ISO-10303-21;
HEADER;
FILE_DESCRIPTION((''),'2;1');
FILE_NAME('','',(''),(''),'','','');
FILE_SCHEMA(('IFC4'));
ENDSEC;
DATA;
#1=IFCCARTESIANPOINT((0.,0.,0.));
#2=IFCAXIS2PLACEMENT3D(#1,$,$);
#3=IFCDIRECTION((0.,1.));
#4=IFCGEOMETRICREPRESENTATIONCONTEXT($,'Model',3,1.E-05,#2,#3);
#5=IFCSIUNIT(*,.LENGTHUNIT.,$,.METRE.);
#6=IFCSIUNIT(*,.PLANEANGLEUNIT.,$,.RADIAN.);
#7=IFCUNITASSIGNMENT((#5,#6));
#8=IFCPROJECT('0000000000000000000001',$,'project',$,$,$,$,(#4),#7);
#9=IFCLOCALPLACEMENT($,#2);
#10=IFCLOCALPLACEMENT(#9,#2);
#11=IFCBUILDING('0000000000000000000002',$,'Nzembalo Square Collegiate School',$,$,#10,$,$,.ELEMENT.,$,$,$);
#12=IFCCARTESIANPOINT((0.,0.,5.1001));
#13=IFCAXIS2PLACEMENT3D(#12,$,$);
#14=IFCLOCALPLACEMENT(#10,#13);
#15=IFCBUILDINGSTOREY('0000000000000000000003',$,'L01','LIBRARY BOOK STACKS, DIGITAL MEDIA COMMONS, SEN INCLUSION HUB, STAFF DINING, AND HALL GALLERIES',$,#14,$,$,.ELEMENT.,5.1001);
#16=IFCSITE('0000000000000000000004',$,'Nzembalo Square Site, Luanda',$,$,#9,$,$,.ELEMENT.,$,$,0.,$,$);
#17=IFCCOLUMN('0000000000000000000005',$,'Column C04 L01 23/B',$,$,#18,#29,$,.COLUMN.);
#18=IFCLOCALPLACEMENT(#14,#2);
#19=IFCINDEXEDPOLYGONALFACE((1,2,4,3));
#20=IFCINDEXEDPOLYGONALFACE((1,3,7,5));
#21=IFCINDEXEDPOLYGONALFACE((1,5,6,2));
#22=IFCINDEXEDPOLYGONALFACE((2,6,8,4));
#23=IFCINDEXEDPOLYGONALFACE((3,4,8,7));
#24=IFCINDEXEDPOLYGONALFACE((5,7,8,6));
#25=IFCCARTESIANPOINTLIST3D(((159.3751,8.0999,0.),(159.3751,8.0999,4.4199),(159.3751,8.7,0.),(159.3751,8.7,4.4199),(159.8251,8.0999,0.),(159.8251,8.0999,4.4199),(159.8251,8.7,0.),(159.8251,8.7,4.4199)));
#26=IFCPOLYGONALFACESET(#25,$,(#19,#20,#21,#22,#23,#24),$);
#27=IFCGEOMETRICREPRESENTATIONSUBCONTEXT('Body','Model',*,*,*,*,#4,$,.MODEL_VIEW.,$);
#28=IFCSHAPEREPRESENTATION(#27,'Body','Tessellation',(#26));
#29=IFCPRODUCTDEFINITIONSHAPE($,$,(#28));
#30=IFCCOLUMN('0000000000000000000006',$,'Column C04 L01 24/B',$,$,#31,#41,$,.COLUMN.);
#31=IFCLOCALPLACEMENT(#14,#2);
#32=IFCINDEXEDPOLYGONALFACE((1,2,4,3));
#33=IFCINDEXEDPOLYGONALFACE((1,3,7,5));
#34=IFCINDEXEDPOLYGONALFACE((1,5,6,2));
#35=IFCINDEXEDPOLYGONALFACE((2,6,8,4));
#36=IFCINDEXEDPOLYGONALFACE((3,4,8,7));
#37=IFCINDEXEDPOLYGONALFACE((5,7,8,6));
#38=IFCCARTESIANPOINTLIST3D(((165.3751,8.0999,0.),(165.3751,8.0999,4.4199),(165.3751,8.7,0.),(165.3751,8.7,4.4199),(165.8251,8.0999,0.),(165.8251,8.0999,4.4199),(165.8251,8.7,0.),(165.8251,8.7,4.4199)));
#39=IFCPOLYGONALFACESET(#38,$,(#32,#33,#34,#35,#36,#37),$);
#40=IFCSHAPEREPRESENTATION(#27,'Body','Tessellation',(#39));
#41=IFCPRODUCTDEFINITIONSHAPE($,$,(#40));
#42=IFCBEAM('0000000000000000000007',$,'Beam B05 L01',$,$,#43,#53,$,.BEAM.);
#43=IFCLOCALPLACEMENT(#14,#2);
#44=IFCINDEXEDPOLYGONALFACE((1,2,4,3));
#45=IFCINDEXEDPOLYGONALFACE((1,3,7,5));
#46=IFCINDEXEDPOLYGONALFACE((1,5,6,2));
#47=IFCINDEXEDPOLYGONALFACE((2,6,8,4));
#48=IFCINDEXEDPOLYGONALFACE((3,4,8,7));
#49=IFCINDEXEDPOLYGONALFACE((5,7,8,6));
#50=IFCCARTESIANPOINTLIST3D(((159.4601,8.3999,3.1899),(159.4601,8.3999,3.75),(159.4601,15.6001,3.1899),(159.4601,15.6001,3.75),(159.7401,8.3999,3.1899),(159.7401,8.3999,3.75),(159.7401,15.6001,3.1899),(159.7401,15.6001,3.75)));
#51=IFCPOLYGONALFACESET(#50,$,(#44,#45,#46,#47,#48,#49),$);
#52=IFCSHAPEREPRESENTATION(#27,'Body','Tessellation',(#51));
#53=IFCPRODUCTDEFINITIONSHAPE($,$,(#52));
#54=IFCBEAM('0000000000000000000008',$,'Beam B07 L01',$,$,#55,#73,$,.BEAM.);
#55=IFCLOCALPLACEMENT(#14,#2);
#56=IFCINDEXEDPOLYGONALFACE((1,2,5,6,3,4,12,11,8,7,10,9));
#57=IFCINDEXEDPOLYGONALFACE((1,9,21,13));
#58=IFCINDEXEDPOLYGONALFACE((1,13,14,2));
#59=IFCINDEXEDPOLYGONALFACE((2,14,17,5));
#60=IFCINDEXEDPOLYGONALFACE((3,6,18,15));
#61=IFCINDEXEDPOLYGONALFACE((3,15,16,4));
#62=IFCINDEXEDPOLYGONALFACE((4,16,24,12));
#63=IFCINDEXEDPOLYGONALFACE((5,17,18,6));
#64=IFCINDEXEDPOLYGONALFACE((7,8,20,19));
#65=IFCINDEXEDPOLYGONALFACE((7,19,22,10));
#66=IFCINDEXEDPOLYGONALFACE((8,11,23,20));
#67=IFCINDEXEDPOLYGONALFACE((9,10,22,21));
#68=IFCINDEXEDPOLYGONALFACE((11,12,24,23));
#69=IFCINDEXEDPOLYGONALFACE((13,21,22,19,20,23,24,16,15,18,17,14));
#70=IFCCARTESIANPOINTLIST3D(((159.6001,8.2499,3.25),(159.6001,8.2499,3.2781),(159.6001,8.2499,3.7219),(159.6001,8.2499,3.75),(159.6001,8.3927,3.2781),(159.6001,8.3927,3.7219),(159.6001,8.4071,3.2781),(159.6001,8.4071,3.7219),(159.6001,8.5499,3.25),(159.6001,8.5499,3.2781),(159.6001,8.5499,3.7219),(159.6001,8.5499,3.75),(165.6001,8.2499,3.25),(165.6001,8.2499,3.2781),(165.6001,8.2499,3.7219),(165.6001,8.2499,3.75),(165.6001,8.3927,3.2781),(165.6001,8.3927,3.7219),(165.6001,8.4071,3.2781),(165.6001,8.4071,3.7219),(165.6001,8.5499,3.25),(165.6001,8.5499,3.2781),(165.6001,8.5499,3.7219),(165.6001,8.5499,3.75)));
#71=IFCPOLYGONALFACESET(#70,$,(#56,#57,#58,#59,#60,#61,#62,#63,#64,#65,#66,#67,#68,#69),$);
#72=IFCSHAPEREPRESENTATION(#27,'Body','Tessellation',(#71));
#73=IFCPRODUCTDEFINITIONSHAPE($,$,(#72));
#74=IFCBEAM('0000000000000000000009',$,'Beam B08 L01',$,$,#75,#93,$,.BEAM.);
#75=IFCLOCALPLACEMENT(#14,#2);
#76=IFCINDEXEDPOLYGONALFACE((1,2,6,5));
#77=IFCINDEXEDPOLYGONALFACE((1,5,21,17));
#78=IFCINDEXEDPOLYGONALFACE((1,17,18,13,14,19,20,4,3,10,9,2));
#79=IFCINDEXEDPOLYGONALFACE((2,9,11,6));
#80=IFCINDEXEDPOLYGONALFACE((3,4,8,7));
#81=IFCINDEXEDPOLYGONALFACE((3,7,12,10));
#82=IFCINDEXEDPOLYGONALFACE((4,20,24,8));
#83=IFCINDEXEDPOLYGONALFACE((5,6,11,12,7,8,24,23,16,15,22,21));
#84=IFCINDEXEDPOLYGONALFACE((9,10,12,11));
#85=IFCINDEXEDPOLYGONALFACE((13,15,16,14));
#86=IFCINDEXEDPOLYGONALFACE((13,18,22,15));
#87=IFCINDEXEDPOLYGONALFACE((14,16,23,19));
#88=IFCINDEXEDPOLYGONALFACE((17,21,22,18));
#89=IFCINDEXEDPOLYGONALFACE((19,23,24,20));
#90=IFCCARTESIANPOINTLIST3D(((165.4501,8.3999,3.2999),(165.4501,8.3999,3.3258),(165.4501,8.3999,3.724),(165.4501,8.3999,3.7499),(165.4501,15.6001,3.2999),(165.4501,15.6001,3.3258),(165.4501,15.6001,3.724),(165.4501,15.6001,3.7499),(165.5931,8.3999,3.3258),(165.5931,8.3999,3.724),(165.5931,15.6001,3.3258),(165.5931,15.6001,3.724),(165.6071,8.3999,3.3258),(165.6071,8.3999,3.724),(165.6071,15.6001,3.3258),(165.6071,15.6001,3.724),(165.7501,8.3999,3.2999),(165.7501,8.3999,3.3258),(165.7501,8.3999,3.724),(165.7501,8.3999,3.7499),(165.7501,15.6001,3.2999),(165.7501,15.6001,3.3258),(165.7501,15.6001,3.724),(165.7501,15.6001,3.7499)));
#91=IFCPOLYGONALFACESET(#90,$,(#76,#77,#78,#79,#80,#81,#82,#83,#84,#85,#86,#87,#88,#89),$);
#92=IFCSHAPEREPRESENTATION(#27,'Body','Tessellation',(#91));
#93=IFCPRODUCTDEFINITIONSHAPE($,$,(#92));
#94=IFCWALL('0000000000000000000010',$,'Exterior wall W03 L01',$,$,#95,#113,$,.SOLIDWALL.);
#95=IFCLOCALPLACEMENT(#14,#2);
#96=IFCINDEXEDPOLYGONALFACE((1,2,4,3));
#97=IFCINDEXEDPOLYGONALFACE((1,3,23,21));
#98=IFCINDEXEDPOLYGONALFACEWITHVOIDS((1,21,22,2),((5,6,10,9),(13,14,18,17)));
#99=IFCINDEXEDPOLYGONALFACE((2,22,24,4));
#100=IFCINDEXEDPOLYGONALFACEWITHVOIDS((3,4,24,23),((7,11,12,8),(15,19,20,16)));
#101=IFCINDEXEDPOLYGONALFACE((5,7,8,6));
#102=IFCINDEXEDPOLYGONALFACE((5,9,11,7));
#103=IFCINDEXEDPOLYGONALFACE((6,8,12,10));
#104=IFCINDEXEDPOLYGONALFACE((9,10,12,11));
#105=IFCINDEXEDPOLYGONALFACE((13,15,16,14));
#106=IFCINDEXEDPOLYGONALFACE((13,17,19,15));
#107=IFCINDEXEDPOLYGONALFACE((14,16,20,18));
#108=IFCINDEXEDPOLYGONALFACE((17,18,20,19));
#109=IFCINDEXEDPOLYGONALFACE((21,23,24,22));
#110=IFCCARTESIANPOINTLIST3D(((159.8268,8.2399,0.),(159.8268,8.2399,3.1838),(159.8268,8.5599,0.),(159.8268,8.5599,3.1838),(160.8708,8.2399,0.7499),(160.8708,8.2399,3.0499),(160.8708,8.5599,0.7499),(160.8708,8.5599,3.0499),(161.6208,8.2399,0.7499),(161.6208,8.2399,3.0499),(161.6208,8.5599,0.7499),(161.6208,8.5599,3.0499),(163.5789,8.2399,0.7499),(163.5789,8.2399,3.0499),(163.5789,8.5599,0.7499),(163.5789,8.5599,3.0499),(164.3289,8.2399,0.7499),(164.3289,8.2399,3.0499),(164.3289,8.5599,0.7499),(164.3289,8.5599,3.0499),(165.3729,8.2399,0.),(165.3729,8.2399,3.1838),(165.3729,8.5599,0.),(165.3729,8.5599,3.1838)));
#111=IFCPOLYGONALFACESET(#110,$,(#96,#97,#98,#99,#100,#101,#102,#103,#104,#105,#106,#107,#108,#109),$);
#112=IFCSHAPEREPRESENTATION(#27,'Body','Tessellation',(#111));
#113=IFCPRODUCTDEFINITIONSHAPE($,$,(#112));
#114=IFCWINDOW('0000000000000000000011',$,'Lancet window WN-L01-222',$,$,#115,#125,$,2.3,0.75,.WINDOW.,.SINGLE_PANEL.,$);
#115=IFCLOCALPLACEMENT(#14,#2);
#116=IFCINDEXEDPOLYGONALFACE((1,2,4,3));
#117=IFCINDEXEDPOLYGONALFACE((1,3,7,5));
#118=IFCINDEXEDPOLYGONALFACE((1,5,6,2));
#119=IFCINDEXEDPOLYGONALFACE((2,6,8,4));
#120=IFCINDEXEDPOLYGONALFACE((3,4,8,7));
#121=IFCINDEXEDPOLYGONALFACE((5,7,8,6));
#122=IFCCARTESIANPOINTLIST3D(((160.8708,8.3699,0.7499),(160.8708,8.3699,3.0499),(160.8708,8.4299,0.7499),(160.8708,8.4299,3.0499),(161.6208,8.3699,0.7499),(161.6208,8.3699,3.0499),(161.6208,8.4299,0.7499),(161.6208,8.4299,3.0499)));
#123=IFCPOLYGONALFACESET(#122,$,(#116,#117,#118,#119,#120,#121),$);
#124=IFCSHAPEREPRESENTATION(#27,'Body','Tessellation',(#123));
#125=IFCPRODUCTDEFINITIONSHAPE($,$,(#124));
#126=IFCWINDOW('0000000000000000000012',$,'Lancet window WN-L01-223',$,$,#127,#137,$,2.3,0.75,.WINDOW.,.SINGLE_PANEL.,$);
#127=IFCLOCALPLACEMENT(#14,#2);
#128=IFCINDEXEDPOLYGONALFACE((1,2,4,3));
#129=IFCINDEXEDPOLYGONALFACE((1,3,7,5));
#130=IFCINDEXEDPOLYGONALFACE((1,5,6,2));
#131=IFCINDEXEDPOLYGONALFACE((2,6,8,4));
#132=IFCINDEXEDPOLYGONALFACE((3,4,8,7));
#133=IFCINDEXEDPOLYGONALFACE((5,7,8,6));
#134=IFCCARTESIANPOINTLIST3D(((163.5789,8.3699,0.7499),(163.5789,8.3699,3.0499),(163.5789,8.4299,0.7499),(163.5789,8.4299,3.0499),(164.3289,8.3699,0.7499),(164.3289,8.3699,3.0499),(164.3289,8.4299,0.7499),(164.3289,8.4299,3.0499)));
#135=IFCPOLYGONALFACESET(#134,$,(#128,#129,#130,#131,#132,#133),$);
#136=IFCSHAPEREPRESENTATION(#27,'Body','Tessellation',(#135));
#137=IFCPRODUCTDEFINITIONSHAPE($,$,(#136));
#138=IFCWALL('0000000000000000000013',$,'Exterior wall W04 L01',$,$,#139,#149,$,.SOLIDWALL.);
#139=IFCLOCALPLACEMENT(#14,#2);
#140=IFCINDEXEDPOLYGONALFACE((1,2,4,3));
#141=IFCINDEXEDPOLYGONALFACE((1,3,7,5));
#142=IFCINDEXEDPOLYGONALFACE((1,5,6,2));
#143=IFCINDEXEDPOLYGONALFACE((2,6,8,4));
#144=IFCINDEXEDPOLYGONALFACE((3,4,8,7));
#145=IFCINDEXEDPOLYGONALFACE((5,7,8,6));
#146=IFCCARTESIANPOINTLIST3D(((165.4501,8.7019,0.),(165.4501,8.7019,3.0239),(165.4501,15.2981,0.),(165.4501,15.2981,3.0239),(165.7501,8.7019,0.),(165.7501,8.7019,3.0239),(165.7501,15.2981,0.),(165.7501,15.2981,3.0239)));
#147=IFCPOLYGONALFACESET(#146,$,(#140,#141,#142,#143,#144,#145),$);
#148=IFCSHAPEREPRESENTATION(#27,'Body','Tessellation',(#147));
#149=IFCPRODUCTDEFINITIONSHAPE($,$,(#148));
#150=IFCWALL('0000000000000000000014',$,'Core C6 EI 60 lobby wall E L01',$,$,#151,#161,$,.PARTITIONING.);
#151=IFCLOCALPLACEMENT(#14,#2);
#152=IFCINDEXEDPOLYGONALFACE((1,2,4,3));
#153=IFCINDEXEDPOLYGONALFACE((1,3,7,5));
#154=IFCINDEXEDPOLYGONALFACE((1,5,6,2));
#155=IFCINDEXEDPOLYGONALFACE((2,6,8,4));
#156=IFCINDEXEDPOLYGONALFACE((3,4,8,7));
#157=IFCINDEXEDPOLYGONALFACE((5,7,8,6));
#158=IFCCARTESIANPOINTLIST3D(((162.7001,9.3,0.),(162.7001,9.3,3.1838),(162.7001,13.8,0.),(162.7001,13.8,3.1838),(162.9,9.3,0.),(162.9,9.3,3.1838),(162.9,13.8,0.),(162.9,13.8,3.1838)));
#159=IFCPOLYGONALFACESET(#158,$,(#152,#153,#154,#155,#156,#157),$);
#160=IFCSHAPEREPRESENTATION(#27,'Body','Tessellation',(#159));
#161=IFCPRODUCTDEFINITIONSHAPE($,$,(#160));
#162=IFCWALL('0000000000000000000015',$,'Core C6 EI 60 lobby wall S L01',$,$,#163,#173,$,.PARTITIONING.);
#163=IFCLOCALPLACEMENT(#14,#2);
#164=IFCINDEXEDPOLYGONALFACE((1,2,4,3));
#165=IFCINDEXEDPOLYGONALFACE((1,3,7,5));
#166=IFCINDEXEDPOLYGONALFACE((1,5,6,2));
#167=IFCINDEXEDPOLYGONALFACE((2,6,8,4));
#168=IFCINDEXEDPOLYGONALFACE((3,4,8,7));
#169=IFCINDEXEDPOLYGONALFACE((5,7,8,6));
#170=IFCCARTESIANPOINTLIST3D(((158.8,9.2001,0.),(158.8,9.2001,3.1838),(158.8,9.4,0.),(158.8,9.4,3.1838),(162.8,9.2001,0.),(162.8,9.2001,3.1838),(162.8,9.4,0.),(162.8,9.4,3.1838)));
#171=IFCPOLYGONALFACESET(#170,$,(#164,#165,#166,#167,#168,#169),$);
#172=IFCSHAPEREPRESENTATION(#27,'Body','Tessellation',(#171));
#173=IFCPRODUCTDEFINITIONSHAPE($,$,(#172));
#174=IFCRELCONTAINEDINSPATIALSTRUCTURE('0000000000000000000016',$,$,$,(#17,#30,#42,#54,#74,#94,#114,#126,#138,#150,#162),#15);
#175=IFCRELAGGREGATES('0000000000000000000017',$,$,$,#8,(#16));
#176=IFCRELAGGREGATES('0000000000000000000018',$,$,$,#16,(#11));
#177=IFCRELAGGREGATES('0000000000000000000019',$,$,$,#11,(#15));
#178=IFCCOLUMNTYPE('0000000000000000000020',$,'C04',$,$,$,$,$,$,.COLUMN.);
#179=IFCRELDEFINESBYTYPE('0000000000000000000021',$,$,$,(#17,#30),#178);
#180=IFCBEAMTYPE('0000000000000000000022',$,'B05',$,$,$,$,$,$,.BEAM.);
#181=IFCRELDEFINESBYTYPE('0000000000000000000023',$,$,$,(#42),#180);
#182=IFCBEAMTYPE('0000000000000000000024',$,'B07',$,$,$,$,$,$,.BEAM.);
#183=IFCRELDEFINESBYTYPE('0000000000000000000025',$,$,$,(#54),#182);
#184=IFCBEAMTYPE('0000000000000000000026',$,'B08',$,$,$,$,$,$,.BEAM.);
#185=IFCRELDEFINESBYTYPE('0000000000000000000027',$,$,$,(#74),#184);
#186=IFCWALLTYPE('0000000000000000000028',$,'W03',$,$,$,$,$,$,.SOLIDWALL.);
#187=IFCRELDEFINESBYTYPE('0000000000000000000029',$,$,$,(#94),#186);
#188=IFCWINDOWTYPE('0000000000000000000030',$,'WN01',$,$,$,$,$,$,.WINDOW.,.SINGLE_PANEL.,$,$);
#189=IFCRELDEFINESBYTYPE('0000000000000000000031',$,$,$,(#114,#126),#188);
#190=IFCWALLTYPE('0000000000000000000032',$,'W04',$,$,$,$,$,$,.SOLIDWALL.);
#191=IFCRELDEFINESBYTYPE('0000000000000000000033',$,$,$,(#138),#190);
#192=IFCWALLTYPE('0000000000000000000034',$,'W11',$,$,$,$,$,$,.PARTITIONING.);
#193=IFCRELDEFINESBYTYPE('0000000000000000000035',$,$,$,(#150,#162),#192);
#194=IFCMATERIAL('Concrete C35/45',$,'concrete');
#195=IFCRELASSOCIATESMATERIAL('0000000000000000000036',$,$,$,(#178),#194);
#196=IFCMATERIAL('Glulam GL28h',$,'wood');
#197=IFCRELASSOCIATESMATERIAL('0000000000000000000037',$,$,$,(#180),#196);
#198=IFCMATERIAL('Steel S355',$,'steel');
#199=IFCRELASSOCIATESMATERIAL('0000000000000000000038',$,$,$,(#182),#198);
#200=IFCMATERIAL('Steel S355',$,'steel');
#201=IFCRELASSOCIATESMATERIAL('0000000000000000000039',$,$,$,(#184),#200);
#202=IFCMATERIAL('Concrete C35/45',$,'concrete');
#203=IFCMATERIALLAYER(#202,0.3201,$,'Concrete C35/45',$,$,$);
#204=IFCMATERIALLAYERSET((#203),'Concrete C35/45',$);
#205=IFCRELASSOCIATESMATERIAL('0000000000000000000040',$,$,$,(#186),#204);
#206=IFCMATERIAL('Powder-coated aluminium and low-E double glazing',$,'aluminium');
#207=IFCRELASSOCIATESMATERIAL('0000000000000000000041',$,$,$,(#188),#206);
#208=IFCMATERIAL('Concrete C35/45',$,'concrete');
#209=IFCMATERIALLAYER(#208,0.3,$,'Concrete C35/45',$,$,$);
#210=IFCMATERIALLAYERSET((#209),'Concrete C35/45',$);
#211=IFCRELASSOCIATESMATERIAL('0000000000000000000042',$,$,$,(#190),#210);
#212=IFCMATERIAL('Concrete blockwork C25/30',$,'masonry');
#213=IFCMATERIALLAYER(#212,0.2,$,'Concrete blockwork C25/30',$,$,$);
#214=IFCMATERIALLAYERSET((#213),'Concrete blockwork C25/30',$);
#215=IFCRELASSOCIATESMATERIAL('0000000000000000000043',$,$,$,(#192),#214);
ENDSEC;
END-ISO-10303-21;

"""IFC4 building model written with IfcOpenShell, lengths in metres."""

from ifc_helpers import new_model, si_unit, direction, frame, frame_2d, origin, origin_2d, place, context, subcontext, project, spatial, rectangle, i_section, extrude, material, layer, layer_set, material_profile, profile_set, type_object, element, fill, save


model = new_model("IFC4")

# Units and contexts
model_context = context("Model", 3, precision=1e-05, world=origin(), true_north=direction((0.0, 1.0)))
body_context = subcontext(model_context, "Body", "Model", "MODEL_VIEW")
ifc_project = project(units=[si_unit("LENGTHUNIT", "METRE"), si_unit("PLANEANGLEUNIT", "RADIAN")], contexts=[model_context])

# Site, building, storey
site_placement = place(None, origin())
site = spatial("IfcSite", under=ifc_project, at=site_placement, Name="Nzembalo Square Site, Luanda", CompositionType="ELEMENT", RefElevation=0.0)
building_placement = place(site_placement, origin())
building = spatial("IfcBuilding", under=site, at=building_placement, Name="Nzembalo Square Collegiate School", CompositionType="ELEMENT")
storey_placement = place(building_placement, frame((0.0, 0.0, 5.1001)))
storey = spatial("IfcBuildingStorey", under=building, at=storey_placement, Name="L01", Description="LIBRARY BOOK STACKS, DIGITAL MEDIA COMMONS, SEN INCLUSION HUB, STAFF DINING, AND HALL GALLERIES", CompositionType="ELEMENT", Elevation=5.1001)

# Columns
ifc_material_1 = material(Name="Concrete C35/45", Category="concrete")
ifc_material_profile_1 = material_profile(ifc_material_1, rectangle(XDim=0.45, YDim=0.6001, at=origin_2d()), Name="RC 450x600")
ifc_profile_set_1 = profile_set([ifc_material_profile_1], Name="Concrete C35/45")
column_type = type_object("IfcColumnType", Name="C04", PredefinedType="COLUMN", material=ifc_profile_set_1)
for number, where, z_axis, x_axis, name in (
    (1, (159.6001, 8.3999, 0.0), (0.0, 0.0, 1.0), (1.0, 0.0, 0.0), "Column C04 L01 23/B"),
    (2, (165.6001, 8.3999, 0.0), (0.0, 0.0, 1.0), (1.0, 0.0, 0.0), "Column C04 L01 24/B"),
):
    element("IfcColumn", number, at=place(storey_placement, frame(where, z_axis=z_axis, x_axis=x_axis)), inside=storey, type_object=column_type, Name=name, PredefinedType="COLUMN", context=body_context, shape_type="SweptSolid", body=[
        extrude(rectangle(XDim=0.45, YDim=0.6001, at=origin_2d()), origin(), (0.0, 0.0, 1.0), 4.4199),
    ])

# Beams
ifc_material_2 = material(Name="Glulam GL28h", Category="wood")
ifc_material_profile_2 = material_profile(ifc_material_2, rectangle(XDim=0.28, YDim=0.5601, at=origin_2d()), Name="GL28h 280x560")
ifc_profile_set_2 = profile_set([ifc_material_profile_2], Name="Glulam GL28h")
beam_type_1 = type_object("IfcBeamType", Name="B05", PredefinedType="BEAM", material=ifc_profile_set_2)
beam_1_placement = place(storey_placement, frame((159.6001, 8.3999, 3.47), z_axis=(0.0, 1.0, 0.0), x_axis=(-1.0, 0.0, 0.0)))
element("IfcBeam", 3, at=beam_1_placement, inside=storey, type_object=beam_type_1, Name="Beam B05 L01", PredefinedType="BEAM", context=body_context, shape_type="SweptSolid", body=[
    extrude(rectangle(XDim=0.28, YDim=0.5601, at=origin_2d()), origin(), (0.0, 0.0, 1.0), 7.2002),
])
ifc_material_3 = material(Name="Steel S355", Category="steel")
ifc_material_profile_3 = material_profile(ifc_material_3, i_section(OverallWidth=0.3, OverallDepth=0.5, WebThickness=0.0144, FlangeThickness=0.0281, at=origin_2d()), Name="HEB 500")
ifc_profile_set_3 = profile_set([ifc_material_profile_3], Name="Steel S355")
beam_type_2 = type_object("IfcBeamType", Name="B07", PredefinedType="BEAM", material=ifc_profile_set_3)
beam_2_placement = place(storey_placement, frame((159.6001, 8.3999, 3.5), z_axis=(1.0, 0.0, 0.0), x_axis=(0.0, 1.0, 0.0)))
element("IfcBeam", 4, at=beam_2_placement, inside=storey, type_object=beam_type_2, Name="Beam B07 L01", PredefinedType="BEAM", context=body_context, shape_type="SweptSolid", body=[
    extrude(i_section(OverallWidth=0.3, OverallDepth=0.5, WebThickness=0.0144, FlangeThickness=0.0281, at=origin_2d()), origin(), (0.0, 0.0, 1.0), 6.0),
])
ifc_material_4 = material(Name="Steel S355", Category="steel")
ifc_material_profile_4 = material_profile(ifc_material_4, i_section(OverallWidth=0.3, OverallDepth=0.45, WebThickness=0.0139, FlangeThickness=0.0259, at=origin_2d()), Name="HEB 450")
ifc_profile_set_4 = profile_set([ifc_material_profile_4], Name="Steel S355")
beam_type_3 = type_object("IfcBeamType", Name="B08", PredefinedType="BEAM", material=ifc_profile_set_4)
beam_3_placement = place(storey_placement, frame((165.6001, 8.3999, 3.5249), z_axis=(0.0, 1.0, 0.0), x_axis=(-1.0, 0.0, 0.0)))
element("IfcBeam", 5, at=beam_3_placement, inside=storey, type_object=beam_type_3, Name="Beam B08 L01", PredefinedType="BEAM", context=body_context, shape_type="SweptSolid", body=[
    extrude(i_section(OverallWidth=0.3, OverallDepth=0.45, WebThickness=0.0139, FlangeThickness=0.0259, at=origin_2d()), origin(), (0.0, 0.0, 1.0), 7.2002),
])

# Wall, openings, windows
ifc_material_5 = material(Name="Concrete C35/45", Category="concrete")
ifc_layer_1 = layer(ifc_material_5, 0.3201, Name="Concrete C35/45")
ifc_layer_set_1 = layer_set([ifc_layer_1], Name="Concrete C35/45")
wall_type_1 = type_object("IfcWallType", Name="W03", PredefinedType="SOLIDWALL", material=ifc_layer_set_1)
wall_1_placement = place(storey_placement, frame((159.8269, 8.3999, 0.0), z_axis=(0.0, 0.0, 1.0), x_axis=(1.0, 0.0, 0.0)))
wall_1 = element("IfcWall", 6, at=wall_1_placement, inside=storey, type_object=wall_type_1, Name="Exterior wall W03 L01", PredefinedType="SOLIDWALL", context=body_context, shape_type="SweptSolid", body=[
    extrude(rectangle(XDim=5.5461, YDim=0.3201, at=frame_2d((2.7729, 0.0))), origin(), (0.0, 0.0, 1.0), 3.1838),
])
opening_1_placement = place(wall_1_placement, frame((1.0439, 0.0, 0.75)))
opening_1 = element("IfcOpeningElement", 7, at=opening_1_placement, cuts=wall_1, PredefinedType="OPENING", context=body_context, shape_type="SweptSolid", body=[
    extrude(rectangle(XDim=0.75, YDim=2.3, at=frame_2d((0.375, 1.1499))), frame((0.0, 0.1699, 0.0), z_axis=(0.0, -1.0, 0.0), x_axis=(1.0, 0.0, 0.0)), (0.0, 0.0, 1.0), 0.3401),
])
opening_2_placement = place(wall_1_placement, frame((3.752, 0.0, 0.75)))
opening_2 = element("IfcOpeningElement", 8, at=opening_2_placement, cuts=wall_1, PredefinedType="OPENING", context=body_context, shape_type="SweptSolid", body=[
    extrude(rectangle(XDim=0.75, YDim=2.3, at=frame_2d((0.375, 1.1499))), frame((0.0, 0.1699, 0.0), z_axis=(0.0, -1.0, 0.0), x_axis=(1.0, 0.0, 0.0)), (0.0, 0.0, 1.0), 0.3401),
])
ifc_material_6 = material(Name="Powder-coated aluminium and low-E double glazing", Category="aluminium")
window_type = type_object("IfcWindowType", Name="WN01", PartitioningType="SINGLE_PANEL", PredefinedType="WINDOW", material=ifc_material_6)
window_1_placement = place(opening_1_placement, origin())
window_1 = element("IfcWindow", 9, at=window_1_placement, inside=storey, type_object=window_type, Name="Lancet window WN-L01-222", OverallHeight=2.3, OverallWidth=0.75, PartitioningType="SINGLE_PANEL", PredefinedType="WINDOW", context=body_context, shape_type="SweptSolid", body=[
    extrude(rectangle(XDim=0.75, YDim=2.3, at=frame_2d((0.375, 1.1499))), frame((0.0, 0.03, 0.0), z_axis=(0.0, -1.0, 0.0), x_axis=(1.0, 0.0, 0.0)), (0.0, 0.0, 1.0), 0.0601),
])
fill(opening_1, window_1)
window_2_placement = place(opening_2_placement, origin())
window_2 = element("IfcWindow", 10, at=window_2_placement, inside=storey, type_object=window_type, Name="Lancet window WN-L01-223", OverallHeight=2.3, OverallWidth=0.75, PartitioningType="SINGLE_PANEL", PredefinedType="WINDOW", context=body_context, shape_type="SweptSolid", body=[
    extrude(rectangle(XDim=0.75, YDim=2.3, at=frame_2d((0.375, 1.1499))), frame((0.0, 0.03, 0.0), z_axis=(0.0, -1.0, 0.0), x_axis=(1.0, 0.0, 0.0)), (0.0, 0.0, 1.0), 0.0601),
])
fill(opening_2, window_2)

# Walls
ifc_material_7 = material(Name="Concrete C35/45", Category="concrete")
ifc_layer_2 = layer(ifc_material_7, 0.3, Name="Concrete C35/45")
ifc_layer_set_2 = layer_set([ifc_layer_2], Name="Concrete C35/45")
wall_type_2 = type_object("IfcWallType", Name="W04", PredefinedType="SOLIDWALL", material=ifc_layer_set_2)
wall_2_placement = place(storey_placement, frame((165.6001, 8.7019, 0.0), z_axis=(0.0, 0.0, 1.0), x_axis=(0.0, 1.0, 0.0)))
element("IfcWall", 11, at=wall_2_placement, inside=storey, type_object=wall_type_2, Name="Exterior wall W04 L01", PredefinedType="SOLIDWALL", context=body_context, shape_type="SweptSolid", body=[
    extrude(rectangle(XDim=6.5962, YDim=0.3, at=frame_2d((3.2981, 0.0))), origin(), (0.0, 0.0, 1.0), 3.0239),
])
ifc_material_8 = material(Name="Concrete blockwork C25/30", Category="masonry")
ifc_layer_3 = layer(ifc_material_8, 0.2, Name="Concrete blockwork C25/30")
ifc_layer_set_3 = layer_set([ifc_layer_3], Name="Concrete blockwork C25/30")
wall_type_3 = type_object("IfcWallType", Name="W11", PredefinedType="PARTITIONING", material=ifc_layer_set_3)
wall_3_placement = place(storey_placement, frame((162.8, 9.3, 0.0), z_axis=(0.0, 0.0, 1.0), x_axis=(0.0, 1.0, 0.0)))
element("IfcWall", 12, at=wall_3_placement, inside=storey, type_object=wall_type_3, Name="Core C6 EI 60 lobby wall E L01", PredefinedType="PARTITIONING", context=body_context, shape_type="SweptSolid", body=[
    extrude(rectangle(XDim=4.5, YDim=0.2, at=frame_2d((2.25, 0.0))), origin(), (0.0, 0.0, 1.0), 3.1838),
])
wall_4_placement = place(storey_placement, frame((158.8, 9.3, 0.0), z_axis=(0.0, 0.0, 1.0), x_axis=(1.0, 0.0, 0.0)))
element("IfcWall", 13, at=wall_4_placement, inside=storey, type_object=wall_type_3, Name="Core C6 EI 60 lobby wall S L01", PredefinedType="PARTITIONING", context=body_context, shape_type="SweptSolid", body=[
    extrude(rectangle(XDim=4.0, YDim=0.2, at=frame_2d((2.0, 0.0))), origin(), (0.0, 0.0, 1.0), 3.1838),
])

save(model, "model.ifc")
